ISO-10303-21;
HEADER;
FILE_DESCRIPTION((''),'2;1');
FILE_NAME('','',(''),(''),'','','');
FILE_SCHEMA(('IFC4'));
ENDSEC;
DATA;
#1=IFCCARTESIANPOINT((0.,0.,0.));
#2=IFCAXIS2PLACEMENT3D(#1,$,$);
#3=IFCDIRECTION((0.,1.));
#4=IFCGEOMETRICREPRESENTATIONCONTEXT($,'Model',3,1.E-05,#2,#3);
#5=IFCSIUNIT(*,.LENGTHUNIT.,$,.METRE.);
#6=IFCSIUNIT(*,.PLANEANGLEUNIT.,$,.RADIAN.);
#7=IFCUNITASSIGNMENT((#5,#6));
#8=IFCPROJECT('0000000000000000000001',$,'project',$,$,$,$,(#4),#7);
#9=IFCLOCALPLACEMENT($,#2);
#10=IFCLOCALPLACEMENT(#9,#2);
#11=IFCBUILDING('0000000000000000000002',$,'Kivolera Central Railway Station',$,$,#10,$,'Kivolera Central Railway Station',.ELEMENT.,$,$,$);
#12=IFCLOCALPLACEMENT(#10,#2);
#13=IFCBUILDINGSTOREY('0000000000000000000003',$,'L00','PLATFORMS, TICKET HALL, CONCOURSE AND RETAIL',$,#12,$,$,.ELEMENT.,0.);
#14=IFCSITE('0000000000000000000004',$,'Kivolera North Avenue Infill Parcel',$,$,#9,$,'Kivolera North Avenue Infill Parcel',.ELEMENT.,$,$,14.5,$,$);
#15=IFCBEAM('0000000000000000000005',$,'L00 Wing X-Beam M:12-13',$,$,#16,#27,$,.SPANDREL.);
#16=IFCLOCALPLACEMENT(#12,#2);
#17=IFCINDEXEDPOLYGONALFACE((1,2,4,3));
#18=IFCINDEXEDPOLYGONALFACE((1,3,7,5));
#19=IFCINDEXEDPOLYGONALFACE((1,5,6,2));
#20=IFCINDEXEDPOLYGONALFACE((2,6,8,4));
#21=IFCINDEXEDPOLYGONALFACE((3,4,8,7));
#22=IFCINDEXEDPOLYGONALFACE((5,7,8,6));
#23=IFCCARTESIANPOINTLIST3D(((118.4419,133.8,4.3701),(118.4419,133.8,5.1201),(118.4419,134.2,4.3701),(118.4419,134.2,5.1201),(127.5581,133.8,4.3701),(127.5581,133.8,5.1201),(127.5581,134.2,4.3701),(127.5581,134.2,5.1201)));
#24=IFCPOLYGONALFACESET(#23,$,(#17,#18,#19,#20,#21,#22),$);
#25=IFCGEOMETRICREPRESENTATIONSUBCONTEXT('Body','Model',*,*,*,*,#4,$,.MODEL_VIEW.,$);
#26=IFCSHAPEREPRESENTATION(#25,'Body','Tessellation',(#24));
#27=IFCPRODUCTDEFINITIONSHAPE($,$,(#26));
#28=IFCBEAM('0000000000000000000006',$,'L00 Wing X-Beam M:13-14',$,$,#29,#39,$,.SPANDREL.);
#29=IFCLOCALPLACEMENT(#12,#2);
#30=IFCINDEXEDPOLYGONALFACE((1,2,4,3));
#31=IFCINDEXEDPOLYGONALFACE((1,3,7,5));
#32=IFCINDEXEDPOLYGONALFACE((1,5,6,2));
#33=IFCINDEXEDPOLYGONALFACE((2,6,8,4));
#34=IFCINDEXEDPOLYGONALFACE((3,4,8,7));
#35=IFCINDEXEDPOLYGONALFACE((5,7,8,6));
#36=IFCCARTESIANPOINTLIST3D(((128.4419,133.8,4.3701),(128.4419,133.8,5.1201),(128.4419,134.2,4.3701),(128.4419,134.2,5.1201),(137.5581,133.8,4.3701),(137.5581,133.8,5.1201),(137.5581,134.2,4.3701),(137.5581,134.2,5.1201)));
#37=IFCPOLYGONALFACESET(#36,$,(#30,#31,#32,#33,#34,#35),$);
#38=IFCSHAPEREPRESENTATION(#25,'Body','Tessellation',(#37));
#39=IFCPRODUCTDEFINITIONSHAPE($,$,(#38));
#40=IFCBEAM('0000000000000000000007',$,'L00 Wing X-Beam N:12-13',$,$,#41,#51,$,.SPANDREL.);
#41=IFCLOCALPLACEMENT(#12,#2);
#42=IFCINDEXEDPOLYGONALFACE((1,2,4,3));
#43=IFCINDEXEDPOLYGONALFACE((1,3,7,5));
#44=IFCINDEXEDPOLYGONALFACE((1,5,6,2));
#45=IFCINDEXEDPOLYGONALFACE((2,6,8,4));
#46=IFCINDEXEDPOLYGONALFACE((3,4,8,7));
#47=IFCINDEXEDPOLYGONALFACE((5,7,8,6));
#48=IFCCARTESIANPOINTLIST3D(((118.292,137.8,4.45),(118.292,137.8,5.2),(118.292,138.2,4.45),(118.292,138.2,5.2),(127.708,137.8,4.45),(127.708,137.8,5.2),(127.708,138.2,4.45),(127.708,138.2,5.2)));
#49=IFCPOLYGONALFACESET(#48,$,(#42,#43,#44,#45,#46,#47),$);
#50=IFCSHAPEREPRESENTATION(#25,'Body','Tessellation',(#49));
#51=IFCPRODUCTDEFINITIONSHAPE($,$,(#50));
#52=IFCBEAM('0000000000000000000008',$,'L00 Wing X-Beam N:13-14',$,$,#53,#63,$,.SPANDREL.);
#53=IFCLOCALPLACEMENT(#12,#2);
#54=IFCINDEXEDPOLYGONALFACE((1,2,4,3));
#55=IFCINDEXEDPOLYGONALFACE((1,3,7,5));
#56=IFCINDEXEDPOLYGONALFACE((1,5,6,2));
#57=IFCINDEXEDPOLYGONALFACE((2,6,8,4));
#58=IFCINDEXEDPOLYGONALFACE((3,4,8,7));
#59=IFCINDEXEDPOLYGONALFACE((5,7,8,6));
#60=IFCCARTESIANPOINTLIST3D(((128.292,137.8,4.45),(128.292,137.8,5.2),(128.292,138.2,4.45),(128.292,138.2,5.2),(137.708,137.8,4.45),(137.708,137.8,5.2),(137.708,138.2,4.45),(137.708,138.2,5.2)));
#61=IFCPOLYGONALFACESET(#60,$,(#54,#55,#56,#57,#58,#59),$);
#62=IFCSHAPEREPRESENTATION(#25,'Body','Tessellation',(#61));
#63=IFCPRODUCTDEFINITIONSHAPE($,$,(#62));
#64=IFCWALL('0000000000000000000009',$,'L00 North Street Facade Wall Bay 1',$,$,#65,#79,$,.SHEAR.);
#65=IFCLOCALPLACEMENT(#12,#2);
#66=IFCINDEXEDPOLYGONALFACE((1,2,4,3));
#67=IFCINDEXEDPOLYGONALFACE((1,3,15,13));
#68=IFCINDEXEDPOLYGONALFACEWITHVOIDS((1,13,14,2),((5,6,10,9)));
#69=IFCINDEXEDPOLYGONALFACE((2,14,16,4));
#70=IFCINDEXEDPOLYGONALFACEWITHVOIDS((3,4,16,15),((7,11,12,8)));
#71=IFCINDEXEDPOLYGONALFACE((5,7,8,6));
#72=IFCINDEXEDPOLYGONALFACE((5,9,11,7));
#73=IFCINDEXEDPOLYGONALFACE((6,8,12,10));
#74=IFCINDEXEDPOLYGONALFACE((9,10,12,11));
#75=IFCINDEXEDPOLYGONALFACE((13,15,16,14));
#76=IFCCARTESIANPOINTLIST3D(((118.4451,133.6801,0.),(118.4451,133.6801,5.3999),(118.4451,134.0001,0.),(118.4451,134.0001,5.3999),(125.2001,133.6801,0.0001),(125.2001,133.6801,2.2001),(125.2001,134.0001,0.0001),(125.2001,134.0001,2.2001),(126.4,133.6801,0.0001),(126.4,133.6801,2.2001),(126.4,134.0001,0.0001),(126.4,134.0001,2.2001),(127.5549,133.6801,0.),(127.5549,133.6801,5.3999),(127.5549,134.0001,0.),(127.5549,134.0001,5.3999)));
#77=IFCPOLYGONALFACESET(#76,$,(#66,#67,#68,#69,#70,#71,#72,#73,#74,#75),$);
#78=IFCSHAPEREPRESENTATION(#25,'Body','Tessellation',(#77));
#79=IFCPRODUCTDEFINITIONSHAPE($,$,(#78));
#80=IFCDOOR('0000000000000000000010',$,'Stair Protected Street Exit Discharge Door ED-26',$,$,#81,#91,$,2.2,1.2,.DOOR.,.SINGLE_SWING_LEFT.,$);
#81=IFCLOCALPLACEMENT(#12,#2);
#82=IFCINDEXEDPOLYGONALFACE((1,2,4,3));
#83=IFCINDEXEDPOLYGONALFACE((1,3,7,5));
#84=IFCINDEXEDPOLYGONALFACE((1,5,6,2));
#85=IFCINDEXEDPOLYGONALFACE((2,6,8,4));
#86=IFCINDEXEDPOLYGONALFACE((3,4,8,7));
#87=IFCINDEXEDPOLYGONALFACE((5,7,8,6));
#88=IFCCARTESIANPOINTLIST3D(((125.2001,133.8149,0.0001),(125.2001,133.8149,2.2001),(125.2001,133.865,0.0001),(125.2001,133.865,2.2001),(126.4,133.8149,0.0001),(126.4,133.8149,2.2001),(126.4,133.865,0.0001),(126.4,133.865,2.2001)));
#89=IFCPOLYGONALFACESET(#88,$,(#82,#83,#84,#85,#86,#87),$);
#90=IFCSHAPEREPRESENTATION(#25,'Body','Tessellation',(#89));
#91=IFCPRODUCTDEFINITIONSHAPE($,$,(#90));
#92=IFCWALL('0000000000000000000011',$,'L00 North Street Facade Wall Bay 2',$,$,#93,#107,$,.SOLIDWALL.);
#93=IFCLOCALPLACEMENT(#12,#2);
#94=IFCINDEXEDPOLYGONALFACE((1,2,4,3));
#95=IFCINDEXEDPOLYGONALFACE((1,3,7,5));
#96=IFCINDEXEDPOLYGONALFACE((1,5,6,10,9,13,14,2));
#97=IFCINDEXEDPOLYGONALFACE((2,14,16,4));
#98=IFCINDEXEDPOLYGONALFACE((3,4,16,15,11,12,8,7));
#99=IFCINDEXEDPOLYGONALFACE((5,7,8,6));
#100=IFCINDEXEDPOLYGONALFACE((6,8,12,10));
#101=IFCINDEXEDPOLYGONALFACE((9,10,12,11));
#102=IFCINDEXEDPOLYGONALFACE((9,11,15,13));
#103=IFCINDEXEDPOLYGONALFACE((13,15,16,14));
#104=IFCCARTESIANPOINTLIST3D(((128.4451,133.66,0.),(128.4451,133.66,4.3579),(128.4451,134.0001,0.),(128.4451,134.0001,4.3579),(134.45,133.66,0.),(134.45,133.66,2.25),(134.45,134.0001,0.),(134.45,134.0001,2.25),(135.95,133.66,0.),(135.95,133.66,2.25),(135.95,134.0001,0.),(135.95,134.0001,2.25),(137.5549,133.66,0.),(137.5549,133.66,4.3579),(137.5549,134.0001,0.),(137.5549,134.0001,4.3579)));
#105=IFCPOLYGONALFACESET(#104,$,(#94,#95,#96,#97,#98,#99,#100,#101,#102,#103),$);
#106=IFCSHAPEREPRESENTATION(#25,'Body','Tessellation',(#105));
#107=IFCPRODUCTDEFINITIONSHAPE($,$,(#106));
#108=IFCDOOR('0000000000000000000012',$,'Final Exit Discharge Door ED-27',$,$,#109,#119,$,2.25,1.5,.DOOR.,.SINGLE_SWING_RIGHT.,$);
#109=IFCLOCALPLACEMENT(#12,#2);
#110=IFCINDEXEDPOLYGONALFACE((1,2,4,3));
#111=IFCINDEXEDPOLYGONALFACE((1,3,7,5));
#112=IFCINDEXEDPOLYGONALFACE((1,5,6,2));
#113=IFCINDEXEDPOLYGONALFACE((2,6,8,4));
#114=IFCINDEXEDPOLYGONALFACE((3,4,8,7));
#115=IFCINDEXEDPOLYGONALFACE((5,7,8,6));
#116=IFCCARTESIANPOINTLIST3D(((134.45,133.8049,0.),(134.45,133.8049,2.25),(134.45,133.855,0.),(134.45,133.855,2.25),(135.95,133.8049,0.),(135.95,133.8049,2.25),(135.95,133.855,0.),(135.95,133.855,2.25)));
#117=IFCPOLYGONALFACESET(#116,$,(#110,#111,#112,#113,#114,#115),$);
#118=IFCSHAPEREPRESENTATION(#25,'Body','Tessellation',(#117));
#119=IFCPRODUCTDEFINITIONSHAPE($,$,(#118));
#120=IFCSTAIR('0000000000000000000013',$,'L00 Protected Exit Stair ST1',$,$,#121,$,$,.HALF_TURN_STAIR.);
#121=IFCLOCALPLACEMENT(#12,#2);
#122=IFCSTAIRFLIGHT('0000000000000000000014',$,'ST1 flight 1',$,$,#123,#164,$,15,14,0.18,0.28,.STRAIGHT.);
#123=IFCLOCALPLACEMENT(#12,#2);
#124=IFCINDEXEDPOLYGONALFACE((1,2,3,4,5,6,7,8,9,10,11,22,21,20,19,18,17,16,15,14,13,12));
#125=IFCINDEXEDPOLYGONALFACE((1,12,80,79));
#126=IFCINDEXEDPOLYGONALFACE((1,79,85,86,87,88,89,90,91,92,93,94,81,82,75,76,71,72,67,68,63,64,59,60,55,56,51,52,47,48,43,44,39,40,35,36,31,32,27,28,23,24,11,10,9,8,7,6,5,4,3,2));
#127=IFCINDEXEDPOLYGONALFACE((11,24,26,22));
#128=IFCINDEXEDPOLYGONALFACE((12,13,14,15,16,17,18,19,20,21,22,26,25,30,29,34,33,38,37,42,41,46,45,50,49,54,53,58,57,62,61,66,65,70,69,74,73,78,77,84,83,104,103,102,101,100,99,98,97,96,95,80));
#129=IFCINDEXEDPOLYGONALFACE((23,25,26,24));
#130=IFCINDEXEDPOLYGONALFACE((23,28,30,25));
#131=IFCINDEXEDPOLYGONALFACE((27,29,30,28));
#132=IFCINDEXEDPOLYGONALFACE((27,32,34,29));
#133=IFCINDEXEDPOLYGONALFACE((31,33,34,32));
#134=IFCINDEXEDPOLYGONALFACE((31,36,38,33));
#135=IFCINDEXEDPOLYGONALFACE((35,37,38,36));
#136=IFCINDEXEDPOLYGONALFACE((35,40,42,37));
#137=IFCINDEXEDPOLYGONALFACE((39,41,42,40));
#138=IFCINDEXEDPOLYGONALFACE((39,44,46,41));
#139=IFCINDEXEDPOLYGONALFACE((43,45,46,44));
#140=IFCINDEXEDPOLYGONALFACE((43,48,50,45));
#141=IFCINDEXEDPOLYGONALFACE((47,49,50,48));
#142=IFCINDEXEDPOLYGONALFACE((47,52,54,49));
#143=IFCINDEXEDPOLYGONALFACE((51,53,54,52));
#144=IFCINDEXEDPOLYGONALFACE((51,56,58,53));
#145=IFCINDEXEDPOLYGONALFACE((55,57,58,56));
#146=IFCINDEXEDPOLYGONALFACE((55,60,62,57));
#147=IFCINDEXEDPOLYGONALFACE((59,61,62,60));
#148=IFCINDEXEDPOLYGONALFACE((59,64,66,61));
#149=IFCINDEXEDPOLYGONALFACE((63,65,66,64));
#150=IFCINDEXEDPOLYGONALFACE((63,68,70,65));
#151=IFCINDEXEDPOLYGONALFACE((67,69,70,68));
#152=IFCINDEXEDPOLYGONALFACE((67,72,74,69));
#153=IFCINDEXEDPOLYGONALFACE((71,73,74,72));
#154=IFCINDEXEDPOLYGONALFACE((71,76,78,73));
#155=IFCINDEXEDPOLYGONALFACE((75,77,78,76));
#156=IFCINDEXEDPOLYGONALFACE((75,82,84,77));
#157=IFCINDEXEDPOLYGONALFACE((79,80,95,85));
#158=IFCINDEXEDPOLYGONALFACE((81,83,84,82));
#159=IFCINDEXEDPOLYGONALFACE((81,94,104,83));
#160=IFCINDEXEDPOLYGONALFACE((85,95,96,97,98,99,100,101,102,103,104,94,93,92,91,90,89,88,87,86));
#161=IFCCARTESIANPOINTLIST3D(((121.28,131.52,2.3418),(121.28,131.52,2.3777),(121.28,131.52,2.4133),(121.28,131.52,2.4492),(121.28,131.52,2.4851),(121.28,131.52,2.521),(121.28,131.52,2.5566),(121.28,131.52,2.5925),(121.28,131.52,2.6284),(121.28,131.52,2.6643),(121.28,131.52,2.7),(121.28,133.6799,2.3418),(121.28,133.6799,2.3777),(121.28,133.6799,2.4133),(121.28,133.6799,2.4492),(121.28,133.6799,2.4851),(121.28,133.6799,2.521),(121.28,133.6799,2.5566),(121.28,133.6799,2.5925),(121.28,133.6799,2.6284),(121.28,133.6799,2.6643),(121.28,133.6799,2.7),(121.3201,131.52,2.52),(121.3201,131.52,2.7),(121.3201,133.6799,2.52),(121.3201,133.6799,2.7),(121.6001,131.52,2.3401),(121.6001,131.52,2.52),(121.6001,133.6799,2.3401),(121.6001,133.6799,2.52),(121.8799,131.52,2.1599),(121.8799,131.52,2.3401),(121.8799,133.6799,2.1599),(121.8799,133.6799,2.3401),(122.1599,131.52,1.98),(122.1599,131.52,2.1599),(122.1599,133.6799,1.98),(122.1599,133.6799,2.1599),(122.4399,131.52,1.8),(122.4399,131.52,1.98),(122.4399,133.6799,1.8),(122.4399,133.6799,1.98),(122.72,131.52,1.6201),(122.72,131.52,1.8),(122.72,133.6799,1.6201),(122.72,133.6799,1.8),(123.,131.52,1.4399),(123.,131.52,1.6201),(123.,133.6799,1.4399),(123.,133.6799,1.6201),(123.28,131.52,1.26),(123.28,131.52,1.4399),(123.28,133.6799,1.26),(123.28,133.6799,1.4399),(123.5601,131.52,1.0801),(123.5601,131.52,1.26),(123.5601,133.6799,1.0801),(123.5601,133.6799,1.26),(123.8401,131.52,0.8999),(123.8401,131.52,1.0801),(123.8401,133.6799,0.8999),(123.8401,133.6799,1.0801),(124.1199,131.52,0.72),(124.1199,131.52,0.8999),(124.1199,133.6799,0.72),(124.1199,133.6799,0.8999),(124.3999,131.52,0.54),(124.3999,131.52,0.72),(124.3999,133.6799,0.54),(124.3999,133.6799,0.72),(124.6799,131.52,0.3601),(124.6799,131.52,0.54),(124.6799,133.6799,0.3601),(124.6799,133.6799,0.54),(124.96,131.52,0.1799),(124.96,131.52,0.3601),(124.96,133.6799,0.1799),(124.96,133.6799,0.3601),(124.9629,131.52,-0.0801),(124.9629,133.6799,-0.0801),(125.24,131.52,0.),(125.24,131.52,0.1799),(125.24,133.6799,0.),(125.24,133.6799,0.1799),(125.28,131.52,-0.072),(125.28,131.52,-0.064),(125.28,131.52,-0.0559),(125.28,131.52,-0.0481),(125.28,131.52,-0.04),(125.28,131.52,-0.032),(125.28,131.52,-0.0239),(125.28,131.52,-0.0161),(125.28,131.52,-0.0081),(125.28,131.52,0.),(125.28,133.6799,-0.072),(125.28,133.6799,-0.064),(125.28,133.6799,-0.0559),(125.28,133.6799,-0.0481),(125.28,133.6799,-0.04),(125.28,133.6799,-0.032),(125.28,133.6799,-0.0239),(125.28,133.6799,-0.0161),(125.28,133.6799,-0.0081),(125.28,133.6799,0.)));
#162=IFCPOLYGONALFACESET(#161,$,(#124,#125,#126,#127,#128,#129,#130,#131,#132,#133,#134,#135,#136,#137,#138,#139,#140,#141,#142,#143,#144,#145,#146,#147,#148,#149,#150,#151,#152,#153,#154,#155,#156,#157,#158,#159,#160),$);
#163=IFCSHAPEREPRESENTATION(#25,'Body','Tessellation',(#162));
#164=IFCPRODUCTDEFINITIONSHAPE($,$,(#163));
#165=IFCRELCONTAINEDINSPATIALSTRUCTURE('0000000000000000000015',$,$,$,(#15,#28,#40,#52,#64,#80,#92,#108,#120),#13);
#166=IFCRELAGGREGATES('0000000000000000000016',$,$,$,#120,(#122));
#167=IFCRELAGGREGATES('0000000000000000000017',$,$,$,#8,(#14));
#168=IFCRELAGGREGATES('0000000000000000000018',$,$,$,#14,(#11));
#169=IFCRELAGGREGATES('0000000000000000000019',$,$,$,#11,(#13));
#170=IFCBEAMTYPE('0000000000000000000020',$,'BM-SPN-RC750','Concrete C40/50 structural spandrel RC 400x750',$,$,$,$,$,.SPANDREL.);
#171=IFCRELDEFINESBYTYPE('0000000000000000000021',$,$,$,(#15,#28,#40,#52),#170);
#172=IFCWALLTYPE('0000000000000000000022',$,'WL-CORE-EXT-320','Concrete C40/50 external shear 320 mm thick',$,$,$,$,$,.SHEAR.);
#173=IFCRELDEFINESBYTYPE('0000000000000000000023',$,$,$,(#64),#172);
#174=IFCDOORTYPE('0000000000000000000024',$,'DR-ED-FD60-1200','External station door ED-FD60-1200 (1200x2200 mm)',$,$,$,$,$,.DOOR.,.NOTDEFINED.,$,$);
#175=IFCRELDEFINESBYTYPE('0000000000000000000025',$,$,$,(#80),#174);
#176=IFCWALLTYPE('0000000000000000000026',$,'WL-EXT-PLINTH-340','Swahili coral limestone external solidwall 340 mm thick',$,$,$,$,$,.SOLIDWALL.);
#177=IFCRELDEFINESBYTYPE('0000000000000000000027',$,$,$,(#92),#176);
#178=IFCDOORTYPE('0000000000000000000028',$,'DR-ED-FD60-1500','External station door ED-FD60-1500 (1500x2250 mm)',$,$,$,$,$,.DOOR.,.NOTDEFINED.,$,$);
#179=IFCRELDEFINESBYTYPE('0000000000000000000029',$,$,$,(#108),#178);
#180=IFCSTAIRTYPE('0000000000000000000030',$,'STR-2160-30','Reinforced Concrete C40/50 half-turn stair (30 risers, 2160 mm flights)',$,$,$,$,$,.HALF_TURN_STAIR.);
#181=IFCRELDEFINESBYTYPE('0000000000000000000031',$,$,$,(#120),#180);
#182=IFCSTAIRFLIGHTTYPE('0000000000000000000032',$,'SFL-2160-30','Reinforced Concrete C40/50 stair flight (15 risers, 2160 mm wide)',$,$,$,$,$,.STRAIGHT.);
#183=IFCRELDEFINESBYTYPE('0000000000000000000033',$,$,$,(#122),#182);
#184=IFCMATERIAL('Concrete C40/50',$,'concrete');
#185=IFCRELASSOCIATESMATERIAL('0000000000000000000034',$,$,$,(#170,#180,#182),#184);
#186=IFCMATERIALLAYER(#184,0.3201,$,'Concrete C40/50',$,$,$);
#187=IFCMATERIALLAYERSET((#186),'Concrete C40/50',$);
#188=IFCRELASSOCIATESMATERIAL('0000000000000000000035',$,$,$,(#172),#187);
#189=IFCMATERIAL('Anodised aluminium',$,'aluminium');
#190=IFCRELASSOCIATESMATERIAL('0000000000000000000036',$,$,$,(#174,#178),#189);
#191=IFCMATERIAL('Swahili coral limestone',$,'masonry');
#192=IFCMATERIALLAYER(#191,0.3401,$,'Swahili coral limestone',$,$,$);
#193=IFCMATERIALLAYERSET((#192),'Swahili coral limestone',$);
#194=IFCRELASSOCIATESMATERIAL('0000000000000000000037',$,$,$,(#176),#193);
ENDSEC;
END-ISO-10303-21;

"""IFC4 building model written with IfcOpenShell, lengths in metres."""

from ifc_helpers import new_model, si_unit, direction, frame, frame_2d, origin, origin_2d, place, context, subcontext, project, spatial, polyline, rectangle, outline, extrude, material, layer, layer_set, material_profile, profile_set, type_object, element, fill, aggregate, save


model = new_model("IFC4")

# Units and contexts
model_context = context("Model", 3, precision=1e-05, world=origin(), true_north=direction((0.0, 1.0)))
body_context = subcontext(model_context, "Body", "Model", "MODEL_VIEW")
ifc_project = project(units=[si_unit("LENGTHUNIT", "METRE"), si_unit("PLANEANGLEUNIT", "RADIAN")], contexts=[model_context])

# Site, building, storey
site_placement = place(None, origin())
site = spatial("IfcSite", under=ifc_project, at=site_placement, Name="Kivolera North Avenue Infill Parcel", LongName="Kivolera North Avenue Infill Parcel", CompositionType="ELEMENT", RefElevation=14.5)
building_placement = place(site_placement, origin())
building = spatial("IfcBuilding", under=site, at=building_placement, Name="Kivolera Central Railway Station", LongName="Kivolera Central Railway Station", CompositionType="ELEMENT")
storey_placement = place(building_placement, origin())
storey = spatial("IfcBuildingStorey", under=building, at=storey_placement, Name="L00", Description="PLATFORMS, TICKET HALL, CONCOURSE AND RETAIL", CompositionType="ELEMENT", Elevation=0.0)

# Shared definitions
ifc_material_1 = material(Name="Concrete C40/50", Category="concrete")

# Beams
ifc_material_profile_1 = material_profile(ifc_material_1, rectangle(XDim=0.3999, YDim=0.75, at=origin_2d()), Name="RC 400x750")
ifc_profile_set_1 = profile_set([ifc_material_profile_1], Name="Concrete C40/50")
beam_type_1 = type_object("IfcBeamType", Name="BM-SPN-RC750", Description="Concrete C40/50 structural spandrel RC 400x750", PredefinedType="SPANDREL", material=ifc_profile_set_1)
for number, where, z_axis, x_axis, name in (
    (1, (118.4419, 134.0, 4.7451), (1.0, 0.0, 0.0), (0.0, 1.0, 0.0), "L00 Wing X-Beam M:12-13"),
    (2, (128.4419, 134.0, 4.7451), (1.0, 0.0, 0.0), (0.0, 1.0, 0.0), "L00 Wing X-Beam M:13-14"),
):
    element("IfcBeam", number, at=place(storey_placement, frame(where, z_axis=z_axis, x_axis=x_axis)), inside=storey, type_object=beam_type_1, Name=name, PredefinedType="SPANDREL", context=body_context, shape_type="SweptSolid", body=[
        extrude(rectangle(XDim=0.3999, YDim=0.75, at=origin_2d()), origin(), (0.0, 0.0, 1.0), 9.1162),
    ])
for number, where, z_axis, x_axis, name in (
    (3, (118.292, 138.0, 4.825), (1.0, 0.0, 0.0), (0.0, 1.0, 0.0), "L00 Wing X-Beam N:12-13"),
    (4, (128.292, 138.0, 4.825), (1.0, 0.0, 0.0), (0.0, 1.0, 0.0), "L00 Wing X-Beam N:13-14"),
):
    element("IfcBeam", number, at=place(storey_placement, frame(where, z_axis=z_axis, x_axis=x_axis)), inside=storey, type_object=beam_type_1, Name=name, PredefinedType="SPANDREL", context=body_context, shape_type="SweptSolid", body=[
        extrude(rectangle(XDim=0.3999, YDim=0.75, at=origin_2d()), origin(), (0.0, 0.0, 1.0), 9.416),
    ])

# Walls, openings, doors
ifc_layer_1 = layer(ifc_material_1, 0.3201, Name="Concrete C40/50")
ifc_layer_set_1 = layer_set([ifc_layer_1], Name="Concrete C40/50")
wall_type_1 = type_object("IfcWallType", Name="WL-CORE-EXT-320", Description="Concrete C40/50 external shear 320 mm thick", PredefinedType="SHEAR", material=ifc_layer_set_1)
wall_1_placement = place(storey_placement, frame((118.4451, 133.8401, 0.0), z_axis=(0.0, 0.0, 1.0), x_axis=(1.0, 0.0, 0.0)))
wall_1 = element("IfcWall", 5, at=wall_1_placement, inside=storey, type_object=wall_type_1, Name="L00 North Street Facade Wall Bay 1", PredefinedType="SHEAR", context=body_context, shape_type="SweptSolid", body=[
    extrude(rectangle(XDim=9.1099, YDim=0.3201, at=frame_2d((4.5549, 0.0))), origin(), (0.0, 0.0, 1.0), 5.3999),
])
opening_1_placement = place(wall_1_placement, frame((6.7549, 0.0, 0.0)))
opening_1 = element("IfcOpeningElement", 6, at=opening_1_placement, cuts=wall_1, PredefinedType="OPENING", context=body_context, shape_type="SweptSolid", body=[
    extrude(rectangle(XDim=1.2, YDim=2.2, at=frame_2d((0.6001, 1.1001))), frame((0.0, 0.1699, 0.0), z_axis=(0.0, -1.0, 0.0), x_axis=(1.0, 0.0, 0.0)), (0.0, 0.0, 1.0), 0.3401),
])
ifc_material_2 = material(Name="Anodised aluminium", Category="aluminium")
door_type_1 = type_object("IfcDoorType", Name="DR-ED-FD60-1200", Description="External station door ED-FD60-1200 (1200x2200 mm)", OperationType="NOTDEFINED", PredefinedType="DOOR", material=ifc_material_2)
door_1_placement = place(opening_1_placement, origin())
door_1 = element("IfcDoor", 7, at=door_1_placement, inside=storey, type_object=door_type_1, Name="Stair Protected Street Exit Discharge Door ED-26", OperationType="SINGLE_SWING_LEFT", OverallHeight=2.2, OverallWidth=1.2, PredefinedType="DOOR", context=body_context, shape_type="SweptSolid", body=[
    extrude(rectangle(XDim=1.2, YDim=2.2, at=frame_2d((0.6001, 1.1001))), frame((0.0, 0.0249, 0.0), z_axis=(0.0, -1.0, 0.0), x_axis=(1.0, 0.0, 0.0)), (0.0, 0.0, 1.0), 0.05),
])
fill(opening_1, door_1)
ifc_material_3 = material(Name="Swahili coral limestone", Category="masonry")
ifc_layer_2 = layer(ifc_material_3, 0.3401, Name="Swahili coral limestone")
ifc_layer_set_2 = layer_set([ifc_layer_2], Name="Swahili coral limestone")
wall_type_2 = type_object("IfcWallType", Name="WL-EXT-PLINTH-340", Description="Swahili coral limestone external solidwall 340 mm thick", PredefinedType="SOLIDWALL", material=ifc_layer_set_2)
wall_2_placement = place(storey_placement, frame((128.4451, 133.8301, 0.0), z_axis=(0.0, 0.0, 1.0), x_axis=(1.0, 0.0, 0.0)))
wall_2 = element("IfcWall", 8, at=wall_2_placement, inside=storey, type_object=wall_type_2, Name="L00 North Street Facade Wall Bay 2", PredefinedType="SOLIDWALL", context=body_context, shape_type="SweptSolid", body=[
    extrude(rectangle(XDim=9.1099, YDim=0.3401, at=frame_2d((4.5549, 0.0))), origin(), (0.0, 0.0, 1.0), 4.3579),
])
opening_2_placement = place(wall_2_placement, frame((6.0049, 0.0, 0.0)))
opening_2 = element("IfcOpeningElement", 9, at=opening_2_placement, cuts=wall_2, PredefinedType="OPENING", context=body_context, shape_type="SweptSolid", body=[
    extrude(rectangle(XDim=1.5, YDim=2.25, at=frame_2d((0.75, 1.125))), frame((0.0, 0.1799, 0.0), z_axis=(0.0, -1.0, 0.0), x_axis=(1.0, 0.0, 0.0)), (0.0, 0.0, 1.0), 0.3601),
])
door_type_2 = type_object("IfcDoorType", Name="DR-ED-FD60-1500", Description="External station door ED-FD60-1500 (1500x2250 mm)", OperationType="NOTDEFINED", PredefinedType="DOOR", material=ifc_material_2)
door_2_placement = place(opening_2_placement, origin())
door_2 = element("IfcDoor", 10, at=door_2_placement, inside=storey, type_object=door_type_2, Name="Final Exit Discharge Door ED-27", OperationType="SINGLE_SWING_RIGHT", OverallHeight=2.25, OverallWidth=1.5, PredefinedType="DOOR", context=body_context, shape_type="SweptSolid", body=[
    extrude(rectangle(XDim=1.5, YDim=2.25, at=frame_2d((0.75, 1.125))), frame((0.0, 0.0249, 0.0), z_axis=(0.0, -1.0, 0.0), x_axis=(1.0, 0.0, 0.0)), (0.0, 0.0, 1.0), 0.05),
])
fill(opening_2, door_2)

# Stair, stair flight
stair_type = type_object("IfcStairType", Name="STR-2160-30", Description="Reinforced Concrete C40/50 half-turn stair (30 risers, 2160 mm flights)", PredefinedType="HALF_TURN_STAIR", material=ifc_material_1)
stair_placement = place(storey_placement, origin())
stair = element("IfcStair", 11, at=stair_placement, inside=storey, type_object=stair_type, Name="L00 Protected Exit Stair ST1", PredefinedType="HALF_TURN_STAIR")
stair_flight_type = type_object("IfcStairFlightType", Name="SFL-2160-30", Description="Reinforced Concrete C40/50 stair flight (15 risers, 2160 mm wide)", PredefinedType="STRAIGHT", material=ifc_material_1)
stair_flight_placement = place(storey_placement, frame((125.24, 132.6001, 0.0), z_axis=(0.0, 0.0, 1.0), x_axis=(-1.0, 0.0, 0.0)))
stair_flight = element("IfcStairFlight", 12, at=stair_flight_placement, type_object=stair_flight_type, Name="ST1 flight 1", NumberOfRisers=15, NumberOfTreads=14, PredefinedType="STRAIGHT", RiserHeight=0.18, TreadLength=0.28, context=body_context, shape_type="SweptSolid", body=[
    extrude(outline(polyline([(-0.04, 0.0), (0.0, 0.0), (0.0, 0.1799), (0.28, 0.1799), (0.28, 0.3601), (0.5601, 0.3601), (0.5601, 0.54), (0.8401, 0.54), (0.8401, 0.72), (1.1201, 0.72), (1.1201, 0.8999), (1.3999, 0.8999), (1.3999, 1.0801), (1.6799, 1.0801), (1.6799, 1.26), (1.96, 1.26), (1.96, 1.4399), (2.24, 1.4399), (2.24, 1.6201), (2.52, 1.6201), (2.52, 1.8), (2.8, 1.8), (2.8, 1.98), (3.0801, 1.98), (3.0801, 2.1599), (3.3601, 2.1599), (3.3601, 2.3401), (3.6399, 2.3401), (3.6399, 2.52), (3.9199, 2.52), (3.9199, 2.7), (3.96, 2.7), (3.96, 2.6643), (3.96, 2.6284), (3.96, 2.5925), (3.96, 2.5566), (3.96, 2.521), (3.96, 2.4851), (3.96, 2.4492), (3.96, 2.4133), (3.96, 2.3777), (3.96, 2.3418), (0.2771, -0.0801), (-0.04, -0.072), (-0.04, -0.064), (-0.04, -0.0559), (-0.04, -0.0481), (-0.04, -0.04), (-0.04, -0.032), (-0.04, -0.0239), (-0.04, -0.0161), (-0.04, -0.0081), (-0.04, 0.0)])), frame((0.0, 1.0801, 0.0), z_axis=(0.0, -1.0, 0.0), x_axis=(1.0, 0.0, 0.0)), (0.0, 0.0, 1.0), 2.1599),
])
aggregate(stair, [stair_flight])

save(model, "model.ifc")
